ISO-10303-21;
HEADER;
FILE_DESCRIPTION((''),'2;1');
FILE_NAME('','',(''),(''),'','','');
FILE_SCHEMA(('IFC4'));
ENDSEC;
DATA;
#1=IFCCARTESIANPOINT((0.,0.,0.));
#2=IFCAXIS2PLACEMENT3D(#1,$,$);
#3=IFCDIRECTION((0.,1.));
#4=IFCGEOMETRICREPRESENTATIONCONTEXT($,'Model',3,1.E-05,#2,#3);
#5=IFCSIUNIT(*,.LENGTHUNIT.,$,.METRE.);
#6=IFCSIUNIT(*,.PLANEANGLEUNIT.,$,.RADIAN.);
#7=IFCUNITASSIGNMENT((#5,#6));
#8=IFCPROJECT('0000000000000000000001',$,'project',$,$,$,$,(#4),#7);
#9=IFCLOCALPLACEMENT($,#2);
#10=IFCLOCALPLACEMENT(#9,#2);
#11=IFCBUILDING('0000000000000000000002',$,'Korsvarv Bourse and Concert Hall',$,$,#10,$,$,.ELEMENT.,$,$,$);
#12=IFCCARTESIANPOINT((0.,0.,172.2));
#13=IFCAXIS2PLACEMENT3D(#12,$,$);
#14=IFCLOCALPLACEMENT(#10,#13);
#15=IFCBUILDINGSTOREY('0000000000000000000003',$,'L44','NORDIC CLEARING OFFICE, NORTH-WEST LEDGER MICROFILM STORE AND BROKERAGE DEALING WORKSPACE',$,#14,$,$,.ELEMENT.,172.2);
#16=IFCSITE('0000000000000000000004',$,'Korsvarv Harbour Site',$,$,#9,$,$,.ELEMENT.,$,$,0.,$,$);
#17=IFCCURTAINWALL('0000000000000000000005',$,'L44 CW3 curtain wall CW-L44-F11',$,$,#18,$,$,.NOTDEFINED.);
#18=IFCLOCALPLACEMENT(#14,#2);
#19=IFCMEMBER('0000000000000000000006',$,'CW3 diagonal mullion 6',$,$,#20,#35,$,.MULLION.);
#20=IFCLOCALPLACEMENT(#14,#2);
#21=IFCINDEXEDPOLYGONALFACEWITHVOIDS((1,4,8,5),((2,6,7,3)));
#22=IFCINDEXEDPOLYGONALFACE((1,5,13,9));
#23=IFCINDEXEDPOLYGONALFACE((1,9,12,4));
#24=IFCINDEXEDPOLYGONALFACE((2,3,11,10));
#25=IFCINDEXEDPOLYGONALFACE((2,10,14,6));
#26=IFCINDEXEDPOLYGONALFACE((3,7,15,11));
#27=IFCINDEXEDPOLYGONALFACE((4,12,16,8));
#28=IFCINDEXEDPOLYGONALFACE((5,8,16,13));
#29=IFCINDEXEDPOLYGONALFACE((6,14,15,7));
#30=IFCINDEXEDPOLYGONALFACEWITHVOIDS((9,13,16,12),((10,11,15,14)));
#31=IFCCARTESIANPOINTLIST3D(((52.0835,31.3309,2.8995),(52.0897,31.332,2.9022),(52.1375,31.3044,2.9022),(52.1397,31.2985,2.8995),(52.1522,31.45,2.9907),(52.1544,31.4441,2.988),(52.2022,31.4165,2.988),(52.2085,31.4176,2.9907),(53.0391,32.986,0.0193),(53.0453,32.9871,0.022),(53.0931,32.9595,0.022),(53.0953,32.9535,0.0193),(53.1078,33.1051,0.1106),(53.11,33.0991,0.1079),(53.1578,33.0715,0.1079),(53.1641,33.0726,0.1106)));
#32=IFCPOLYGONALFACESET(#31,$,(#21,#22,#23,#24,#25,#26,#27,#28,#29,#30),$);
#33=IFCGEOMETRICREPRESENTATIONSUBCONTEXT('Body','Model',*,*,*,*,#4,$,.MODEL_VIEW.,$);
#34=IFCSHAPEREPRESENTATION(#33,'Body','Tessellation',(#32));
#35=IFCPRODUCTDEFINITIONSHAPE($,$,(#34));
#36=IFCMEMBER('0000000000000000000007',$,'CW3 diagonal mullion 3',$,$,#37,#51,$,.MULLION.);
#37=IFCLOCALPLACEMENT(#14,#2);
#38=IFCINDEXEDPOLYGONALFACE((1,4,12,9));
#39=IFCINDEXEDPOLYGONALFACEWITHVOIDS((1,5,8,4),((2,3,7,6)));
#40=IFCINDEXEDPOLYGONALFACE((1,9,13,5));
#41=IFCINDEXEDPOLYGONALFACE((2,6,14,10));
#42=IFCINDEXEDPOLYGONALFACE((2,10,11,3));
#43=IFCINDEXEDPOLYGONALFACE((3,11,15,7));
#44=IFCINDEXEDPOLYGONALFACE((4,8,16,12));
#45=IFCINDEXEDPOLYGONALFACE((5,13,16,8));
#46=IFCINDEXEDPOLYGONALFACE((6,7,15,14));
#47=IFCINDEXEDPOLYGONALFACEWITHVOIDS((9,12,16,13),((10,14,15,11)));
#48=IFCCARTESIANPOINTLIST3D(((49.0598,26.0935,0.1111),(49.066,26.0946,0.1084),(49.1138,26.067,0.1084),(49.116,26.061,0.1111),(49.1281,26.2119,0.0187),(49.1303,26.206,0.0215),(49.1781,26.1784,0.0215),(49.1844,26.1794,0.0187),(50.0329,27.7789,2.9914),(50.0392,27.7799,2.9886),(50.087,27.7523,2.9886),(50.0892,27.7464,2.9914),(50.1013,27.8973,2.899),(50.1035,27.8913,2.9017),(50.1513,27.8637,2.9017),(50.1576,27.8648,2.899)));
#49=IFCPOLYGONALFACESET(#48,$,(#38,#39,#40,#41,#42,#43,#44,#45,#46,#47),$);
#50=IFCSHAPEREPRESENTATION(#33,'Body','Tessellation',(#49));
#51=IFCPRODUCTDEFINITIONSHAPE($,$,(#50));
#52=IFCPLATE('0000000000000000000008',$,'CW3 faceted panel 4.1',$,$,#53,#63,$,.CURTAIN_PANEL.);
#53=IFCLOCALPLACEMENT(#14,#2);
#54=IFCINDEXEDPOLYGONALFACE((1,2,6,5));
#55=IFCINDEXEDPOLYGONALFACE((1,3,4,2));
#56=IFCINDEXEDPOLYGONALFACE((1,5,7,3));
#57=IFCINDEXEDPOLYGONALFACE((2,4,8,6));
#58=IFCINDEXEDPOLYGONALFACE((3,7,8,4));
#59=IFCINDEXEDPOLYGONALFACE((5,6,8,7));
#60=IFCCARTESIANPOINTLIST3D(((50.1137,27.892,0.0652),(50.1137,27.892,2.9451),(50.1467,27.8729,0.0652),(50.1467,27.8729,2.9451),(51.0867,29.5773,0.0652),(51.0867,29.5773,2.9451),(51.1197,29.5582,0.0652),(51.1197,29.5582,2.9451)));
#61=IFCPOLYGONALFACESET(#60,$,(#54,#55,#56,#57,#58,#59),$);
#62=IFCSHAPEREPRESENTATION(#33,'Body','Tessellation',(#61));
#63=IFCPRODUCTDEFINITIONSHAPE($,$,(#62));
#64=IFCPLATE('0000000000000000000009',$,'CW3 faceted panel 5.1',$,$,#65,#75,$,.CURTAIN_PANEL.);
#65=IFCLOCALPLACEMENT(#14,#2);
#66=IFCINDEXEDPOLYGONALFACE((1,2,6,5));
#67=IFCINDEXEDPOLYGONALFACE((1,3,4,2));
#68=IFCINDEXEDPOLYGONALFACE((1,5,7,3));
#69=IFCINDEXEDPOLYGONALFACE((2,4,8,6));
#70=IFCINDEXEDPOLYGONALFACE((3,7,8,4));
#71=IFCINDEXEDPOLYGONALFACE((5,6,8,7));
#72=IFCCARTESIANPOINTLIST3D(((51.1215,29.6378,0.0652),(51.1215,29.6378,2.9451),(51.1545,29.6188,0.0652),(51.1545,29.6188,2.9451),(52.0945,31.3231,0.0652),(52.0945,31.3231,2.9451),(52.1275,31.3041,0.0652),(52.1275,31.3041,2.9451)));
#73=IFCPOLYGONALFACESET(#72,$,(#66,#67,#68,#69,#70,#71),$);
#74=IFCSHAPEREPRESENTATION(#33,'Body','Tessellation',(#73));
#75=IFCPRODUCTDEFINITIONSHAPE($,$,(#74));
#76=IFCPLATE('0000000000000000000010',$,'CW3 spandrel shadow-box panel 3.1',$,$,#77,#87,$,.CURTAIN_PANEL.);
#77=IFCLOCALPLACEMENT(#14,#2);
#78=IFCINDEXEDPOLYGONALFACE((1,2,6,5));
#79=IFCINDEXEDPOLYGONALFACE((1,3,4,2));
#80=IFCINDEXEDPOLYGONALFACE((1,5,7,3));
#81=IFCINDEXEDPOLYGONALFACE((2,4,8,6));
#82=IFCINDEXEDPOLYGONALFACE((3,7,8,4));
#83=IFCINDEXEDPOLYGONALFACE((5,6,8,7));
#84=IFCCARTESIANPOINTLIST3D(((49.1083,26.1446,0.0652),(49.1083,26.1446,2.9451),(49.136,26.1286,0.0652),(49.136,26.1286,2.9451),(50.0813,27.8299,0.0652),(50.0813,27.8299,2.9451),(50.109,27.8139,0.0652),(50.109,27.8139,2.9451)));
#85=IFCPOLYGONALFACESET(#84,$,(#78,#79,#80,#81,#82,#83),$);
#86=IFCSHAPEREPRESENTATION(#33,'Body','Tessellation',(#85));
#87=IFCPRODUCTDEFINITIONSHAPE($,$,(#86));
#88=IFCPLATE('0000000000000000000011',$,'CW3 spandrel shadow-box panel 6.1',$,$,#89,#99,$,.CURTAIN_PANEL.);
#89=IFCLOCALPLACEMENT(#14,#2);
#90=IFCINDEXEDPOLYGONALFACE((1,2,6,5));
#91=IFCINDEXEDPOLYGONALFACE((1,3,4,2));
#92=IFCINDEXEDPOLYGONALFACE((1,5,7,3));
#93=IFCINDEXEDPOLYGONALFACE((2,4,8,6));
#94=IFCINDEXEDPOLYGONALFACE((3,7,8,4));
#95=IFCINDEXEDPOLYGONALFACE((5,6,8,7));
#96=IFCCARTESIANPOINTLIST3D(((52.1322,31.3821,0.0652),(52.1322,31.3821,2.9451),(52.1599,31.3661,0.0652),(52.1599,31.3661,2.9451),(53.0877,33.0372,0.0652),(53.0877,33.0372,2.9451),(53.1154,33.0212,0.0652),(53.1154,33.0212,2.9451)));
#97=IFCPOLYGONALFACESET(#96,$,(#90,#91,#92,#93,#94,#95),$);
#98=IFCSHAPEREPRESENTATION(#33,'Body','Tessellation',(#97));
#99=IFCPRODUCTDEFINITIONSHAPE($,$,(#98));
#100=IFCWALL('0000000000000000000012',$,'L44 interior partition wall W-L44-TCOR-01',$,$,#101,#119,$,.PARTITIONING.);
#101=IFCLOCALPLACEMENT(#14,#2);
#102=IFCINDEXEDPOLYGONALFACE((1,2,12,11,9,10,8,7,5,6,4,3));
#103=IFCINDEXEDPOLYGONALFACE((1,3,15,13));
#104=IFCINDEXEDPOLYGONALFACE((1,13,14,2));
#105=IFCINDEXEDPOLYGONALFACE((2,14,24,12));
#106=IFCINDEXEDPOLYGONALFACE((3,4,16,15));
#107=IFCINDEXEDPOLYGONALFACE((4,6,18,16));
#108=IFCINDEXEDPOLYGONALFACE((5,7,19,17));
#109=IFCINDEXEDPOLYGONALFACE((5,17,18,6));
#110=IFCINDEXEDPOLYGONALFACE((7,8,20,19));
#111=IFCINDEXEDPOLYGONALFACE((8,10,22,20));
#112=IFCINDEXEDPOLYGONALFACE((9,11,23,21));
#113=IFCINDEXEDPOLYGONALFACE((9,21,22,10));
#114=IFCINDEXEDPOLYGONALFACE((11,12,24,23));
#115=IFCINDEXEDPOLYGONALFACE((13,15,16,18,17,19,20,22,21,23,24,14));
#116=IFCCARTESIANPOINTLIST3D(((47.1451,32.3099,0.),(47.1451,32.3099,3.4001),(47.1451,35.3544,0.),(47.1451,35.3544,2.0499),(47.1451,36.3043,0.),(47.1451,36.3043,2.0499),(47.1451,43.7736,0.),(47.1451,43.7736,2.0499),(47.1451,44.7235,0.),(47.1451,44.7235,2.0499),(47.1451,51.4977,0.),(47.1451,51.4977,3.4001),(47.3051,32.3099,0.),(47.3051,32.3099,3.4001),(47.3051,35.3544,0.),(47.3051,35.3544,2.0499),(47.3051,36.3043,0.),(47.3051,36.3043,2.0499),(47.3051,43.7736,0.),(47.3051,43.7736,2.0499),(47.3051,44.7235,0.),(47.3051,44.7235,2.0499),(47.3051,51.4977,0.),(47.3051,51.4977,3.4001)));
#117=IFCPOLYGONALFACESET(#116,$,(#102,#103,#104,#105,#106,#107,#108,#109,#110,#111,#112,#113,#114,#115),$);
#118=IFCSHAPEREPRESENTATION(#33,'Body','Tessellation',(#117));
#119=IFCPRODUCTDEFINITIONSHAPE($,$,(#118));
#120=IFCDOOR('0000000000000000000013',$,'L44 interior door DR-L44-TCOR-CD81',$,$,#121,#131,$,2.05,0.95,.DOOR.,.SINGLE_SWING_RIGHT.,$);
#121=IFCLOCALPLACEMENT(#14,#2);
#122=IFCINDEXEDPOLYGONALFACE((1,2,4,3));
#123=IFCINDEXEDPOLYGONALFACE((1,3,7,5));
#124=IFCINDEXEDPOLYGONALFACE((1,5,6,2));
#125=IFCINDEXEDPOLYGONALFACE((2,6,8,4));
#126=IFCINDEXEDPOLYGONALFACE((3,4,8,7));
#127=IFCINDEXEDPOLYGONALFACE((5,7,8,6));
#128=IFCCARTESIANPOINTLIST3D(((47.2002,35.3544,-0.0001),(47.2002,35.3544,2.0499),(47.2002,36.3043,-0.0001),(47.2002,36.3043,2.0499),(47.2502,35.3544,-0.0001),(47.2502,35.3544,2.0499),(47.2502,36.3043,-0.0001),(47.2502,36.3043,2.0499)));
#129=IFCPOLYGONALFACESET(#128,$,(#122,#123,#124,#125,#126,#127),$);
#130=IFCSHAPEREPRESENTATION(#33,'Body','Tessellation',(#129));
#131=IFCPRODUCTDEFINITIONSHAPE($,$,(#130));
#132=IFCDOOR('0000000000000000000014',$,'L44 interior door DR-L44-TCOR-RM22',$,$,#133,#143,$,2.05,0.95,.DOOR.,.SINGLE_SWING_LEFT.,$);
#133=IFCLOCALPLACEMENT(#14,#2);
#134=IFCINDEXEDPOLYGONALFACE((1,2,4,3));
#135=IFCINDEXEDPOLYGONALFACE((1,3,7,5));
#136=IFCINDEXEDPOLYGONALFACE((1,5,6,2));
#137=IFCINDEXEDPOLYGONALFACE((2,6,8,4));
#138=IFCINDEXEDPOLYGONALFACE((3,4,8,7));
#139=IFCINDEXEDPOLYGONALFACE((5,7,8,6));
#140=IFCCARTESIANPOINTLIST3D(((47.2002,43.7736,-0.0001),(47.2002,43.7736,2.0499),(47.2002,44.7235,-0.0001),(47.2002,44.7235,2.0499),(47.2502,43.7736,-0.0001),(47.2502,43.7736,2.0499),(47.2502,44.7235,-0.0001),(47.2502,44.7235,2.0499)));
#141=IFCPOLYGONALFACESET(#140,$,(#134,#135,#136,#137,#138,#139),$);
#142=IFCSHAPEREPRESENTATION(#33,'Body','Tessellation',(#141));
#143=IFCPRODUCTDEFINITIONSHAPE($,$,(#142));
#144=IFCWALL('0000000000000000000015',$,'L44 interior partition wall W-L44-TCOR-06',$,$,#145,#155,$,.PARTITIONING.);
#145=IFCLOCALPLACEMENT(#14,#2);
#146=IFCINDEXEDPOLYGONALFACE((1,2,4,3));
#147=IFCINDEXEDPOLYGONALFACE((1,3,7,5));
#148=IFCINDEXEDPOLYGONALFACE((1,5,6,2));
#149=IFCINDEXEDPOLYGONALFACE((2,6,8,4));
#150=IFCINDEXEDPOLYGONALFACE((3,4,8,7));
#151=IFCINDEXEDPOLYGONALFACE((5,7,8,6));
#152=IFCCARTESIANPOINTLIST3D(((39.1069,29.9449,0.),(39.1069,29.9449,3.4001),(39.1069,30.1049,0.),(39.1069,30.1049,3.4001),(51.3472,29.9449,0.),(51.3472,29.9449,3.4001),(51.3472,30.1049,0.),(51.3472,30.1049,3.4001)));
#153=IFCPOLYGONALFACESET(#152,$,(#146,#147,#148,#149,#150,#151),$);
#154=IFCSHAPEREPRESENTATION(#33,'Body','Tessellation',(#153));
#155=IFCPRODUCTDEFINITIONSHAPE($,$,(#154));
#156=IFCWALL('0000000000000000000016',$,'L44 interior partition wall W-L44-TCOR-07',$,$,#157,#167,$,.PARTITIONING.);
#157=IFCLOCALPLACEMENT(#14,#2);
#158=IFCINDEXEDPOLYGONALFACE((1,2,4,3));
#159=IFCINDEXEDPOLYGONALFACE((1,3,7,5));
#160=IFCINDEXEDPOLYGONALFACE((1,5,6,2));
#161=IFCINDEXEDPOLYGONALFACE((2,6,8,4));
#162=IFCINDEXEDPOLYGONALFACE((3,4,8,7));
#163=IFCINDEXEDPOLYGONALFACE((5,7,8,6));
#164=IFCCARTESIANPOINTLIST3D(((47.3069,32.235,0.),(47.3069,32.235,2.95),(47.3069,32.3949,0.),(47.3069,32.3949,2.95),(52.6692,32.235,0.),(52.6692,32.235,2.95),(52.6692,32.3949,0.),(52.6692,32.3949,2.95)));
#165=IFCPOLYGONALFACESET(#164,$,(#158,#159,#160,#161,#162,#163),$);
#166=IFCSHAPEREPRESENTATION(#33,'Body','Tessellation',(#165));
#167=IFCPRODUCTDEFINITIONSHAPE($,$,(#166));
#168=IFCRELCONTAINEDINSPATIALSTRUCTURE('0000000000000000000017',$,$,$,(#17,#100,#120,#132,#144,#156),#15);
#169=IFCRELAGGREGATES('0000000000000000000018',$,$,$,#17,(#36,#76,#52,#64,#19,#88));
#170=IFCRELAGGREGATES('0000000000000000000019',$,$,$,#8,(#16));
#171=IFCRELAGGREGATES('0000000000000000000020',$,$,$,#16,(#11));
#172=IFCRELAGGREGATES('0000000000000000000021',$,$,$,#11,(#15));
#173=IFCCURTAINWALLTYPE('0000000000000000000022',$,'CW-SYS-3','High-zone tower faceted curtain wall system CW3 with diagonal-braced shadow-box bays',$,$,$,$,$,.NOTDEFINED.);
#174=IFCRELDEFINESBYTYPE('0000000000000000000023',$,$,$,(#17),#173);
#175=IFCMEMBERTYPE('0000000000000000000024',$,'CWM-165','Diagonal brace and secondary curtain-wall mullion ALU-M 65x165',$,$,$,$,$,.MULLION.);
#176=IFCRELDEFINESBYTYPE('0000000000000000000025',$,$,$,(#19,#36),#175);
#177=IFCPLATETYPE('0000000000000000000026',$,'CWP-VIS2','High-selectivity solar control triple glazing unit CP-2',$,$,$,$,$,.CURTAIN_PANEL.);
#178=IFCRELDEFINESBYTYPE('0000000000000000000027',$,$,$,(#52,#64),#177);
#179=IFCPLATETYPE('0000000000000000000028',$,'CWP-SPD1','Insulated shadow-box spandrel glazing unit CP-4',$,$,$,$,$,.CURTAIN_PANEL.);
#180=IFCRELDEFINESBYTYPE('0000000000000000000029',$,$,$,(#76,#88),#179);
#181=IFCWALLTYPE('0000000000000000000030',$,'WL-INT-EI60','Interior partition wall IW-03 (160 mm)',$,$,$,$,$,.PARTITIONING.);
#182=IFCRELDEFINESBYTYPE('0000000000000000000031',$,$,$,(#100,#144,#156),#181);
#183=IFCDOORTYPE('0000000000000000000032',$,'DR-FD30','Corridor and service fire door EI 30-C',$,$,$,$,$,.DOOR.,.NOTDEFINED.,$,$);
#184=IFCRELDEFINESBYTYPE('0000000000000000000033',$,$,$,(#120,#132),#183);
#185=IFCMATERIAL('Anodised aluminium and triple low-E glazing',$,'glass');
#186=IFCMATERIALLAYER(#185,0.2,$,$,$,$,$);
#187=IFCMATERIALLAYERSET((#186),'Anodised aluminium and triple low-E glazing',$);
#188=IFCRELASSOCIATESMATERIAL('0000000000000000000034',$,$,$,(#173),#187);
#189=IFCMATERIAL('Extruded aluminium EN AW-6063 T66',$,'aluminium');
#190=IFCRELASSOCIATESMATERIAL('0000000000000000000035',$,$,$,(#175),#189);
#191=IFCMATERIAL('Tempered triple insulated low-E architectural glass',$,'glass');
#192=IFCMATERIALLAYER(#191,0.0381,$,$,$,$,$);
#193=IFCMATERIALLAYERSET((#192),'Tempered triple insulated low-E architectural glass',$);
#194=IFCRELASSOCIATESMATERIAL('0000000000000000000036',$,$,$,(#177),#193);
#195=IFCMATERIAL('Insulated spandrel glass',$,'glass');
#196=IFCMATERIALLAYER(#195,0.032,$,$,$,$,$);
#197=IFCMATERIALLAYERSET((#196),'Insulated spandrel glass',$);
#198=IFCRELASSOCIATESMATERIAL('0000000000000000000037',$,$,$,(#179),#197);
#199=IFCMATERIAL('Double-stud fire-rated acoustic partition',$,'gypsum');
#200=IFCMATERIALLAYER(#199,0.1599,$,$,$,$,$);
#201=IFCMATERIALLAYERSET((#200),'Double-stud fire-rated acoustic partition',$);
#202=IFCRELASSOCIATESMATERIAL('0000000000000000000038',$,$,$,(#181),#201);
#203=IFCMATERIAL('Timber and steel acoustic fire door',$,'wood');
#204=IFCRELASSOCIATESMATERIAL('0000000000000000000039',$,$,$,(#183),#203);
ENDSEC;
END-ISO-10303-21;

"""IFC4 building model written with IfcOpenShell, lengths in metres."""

from ifc_helpers import new_model, si_unit, direction, frame, frame_2d, origin, origin_2d, place, context, subcontext, project, spatial, rectangle, hollow_rectangle, extrude, source, transform, mapped, material, layer, layer_set, material_profile, profile_set, type_object, element, fill, aggregate, save


model = new_model("IFC4")

# Units and contexts
model_context = context("Model", 3, precision=1e-05, world=origin(), true_north=direction((0.0, 1.0)))
body_context = subcontext(model_context, "Body", "Model", "MODEL_VIEW")
ifc_project = project(units=[si_unit("LENGTHUNIT", "METRE"), si_unit("PLANEANGLEUNIT", "RADIAN")], contexts=[model_context])

# Site, building, storey
site_placement = place(None, origin())
site = spatial("IfcSite", under=ifc_project, at=site_placement, Name="Korsvarv Harbour Site", CompositionType="ELEMENT", RefElevation=0.0)
building_placement = place(site_placement, origin())
building = spatial("IfcBuilding", under=site, at=building_placement, Name="Korsvarv Bourse and Concert Hall", CompositionType="ELEMENT")
storey_placement = place(building_placement, frame((0.0, 0.0, 172.2)))
storey = spatial("IfcBuildingStorey", under=building, at=storey_placement, Name="L44", Description="NORDIC CLEARING OFFICE, NORTH-WEST LEDGER MICROFILM STORE AND BROKERAGE DEALING WORKSPACE", CompositionType="ELEMENT", Elevation=172.2)

# Curtain wall, members, plates
ifc_material_1 = material(Name="Anodised aluminium and triple low-E glazing", Category="glass")
ifc_layer_1 = layer(ifc_material_1, 0.2)
ifc_layer_set_1 = layer_set([ifc_layer_1], Name="Anodised aluminium and triple low-E glazing")
curtain_wall_type = type_object("IfcCurtainWallType", Name="CW-SYS-3", Description="High-zone tower faceted curtain wall system CW3 with diagonal-braced shadow-box bays", PredefinedType="NOTDEFINED", material=ifc_layer_set_1)
curtain_wall_placement = place(storey_placement, origin())
curtain_wall = element("IfcCurtainWall", 1, at=curtain_wall_placement, inside=storey, type_object=curtain_wall_type, Name="L44 CW3 curtain wall CW-L44-F11", PredefinedType="NOTDEFINED")
ifc_material_2 = material(Name="Extruded aluminium EN AW-6063 T66", Category="aluminium")
ifc_material_profile_1 = material_profile(ifc_material_2, hollow_rectangle(XDim=0.0649, YDim=0.165, WallThickness=0.0049, at=origin_2d()), Name="ALU-M 65x165")
ifc_profile_set_1 = profile_set([ifc_material_profile_1], Name="Extruded aluminium EN AW-6063 T66")
member_type_1 = type_object("IfcMemberType", Name="CWM-165", Description="Diagonal brace and secondary curtain-wall mullion ALU-M 65x165", PredefinedType="MULLION", material=ifc_profile_set_1)
shared_shape_1 = source(origin(), body_context, "Body", "SweptSolid", [
    extrude(hollow_rectangle(XDim=0.0649, YDim=0.165, WallThickness=0.0049, at=origin_2d()), origin(), (0.0, 0.0, 1.0), 3.4565),
])
member_1_placement = place(storey_placement, frame((53.1016, 33.0293, 0.0649), z_axis=(-0.276455, -0.478817, 0.833251), x_axis=(0.866018, -0.500014, 0.0)))
member_1 = element("IfcMember", 2, at=member_1_placement, type_object=member_type_1, Name="CW3 diagonal mullion 6", PredefinedType="MULLION", context=body_context, shape_type="MappedRepresentation", body=[
    mapped(shared_shape_1, transform((0.0, 0.0, 0.0), scale=1.0)),
])
shared_shape_2 = source(origin(), body_context, "Body", "SweptSolid", [
    extrude(hollow_rectangle(XDim=0.0649, YDim=0.165, WallThickness=0.0049, at=origin_2d()), origin(), (0.0, 0.0, 1.0), 3.4761),
])
member_2_placement = place(storey_placement, frame((49.1221, 26.1365, 0.0649), z_axis=(0.279963, 0.484843, 0.828582), x_axis=(-0.865995, 0.500052, 0.0)))
member_2 = element("IfcMember", 3, at=member_2_placement, type_object=member_type_1, Name="CW3 diagonal mullion 3", PredefinedType="MULLION", context=body_context, shape_type="MappedRepresentation", body=[
    mapped(shared_shape_2, transform((0.0, 0.0, 0.0), scale=1.0)),
])
ifc_material_3 = material(Name="Tempered triple insulated low-E architectural glass", Category="glass")
ifc_layer_2 = layer(ifc_material_3, 0.0381)
ifc_layer_set_2 = layer_set([ifc_layer_2], Name="Tempered triple insulated low-E architectural glass")
plate_type_1 = type_object("IfcPlateType", Name="CWP-VIS2", Description="High-selectivity solar control triple glazing unit CP-2", PredefinedType="CURTAIN_PANEL", material=ifc_layer_set_2)
shared_shape_3 = source(origin(), body_context, "Body", "SweptSolid", [
    extrude(rectangle(XDim=1.946, YDim=0.0381, at=origin_2d()), origin(), (0.0, 0.0, 1.0), 2.8799),
])
plate_1_placement = place(storey_placement, frame((50.6167, 28.7251, 0.0652), z_axis=(0.0, 0.0, 1.0), x_axis=(0.499994, 0.866029, 0.0)))
plate_1 = element("IfcPlate", 4, at=plate_1_placement, type_object=plate_type_1, Name="CW3 faceted panel 4.1", PredefinedType="CURTAIN_PANEL", context=body_context, shape_type="MappedRepresentation", body=[
    mapped(shared_shape_3, transform((0.0, 0.0, 0.0), scale=1.0)),
])
plate_2_placement = place(storey_placement, frame((51.6245, 30.4709, 0.0652), z_axis=(0.0, 0.0, 1.0), x_axis=(0.499994, 0.866029, 0.0)))
plate_2 = element("IfcPlate", 5, at=plate_2_placement, type_object=plate_type_1, Name="CW3 faceted panel 5.1", PredefinedType="CURTAIN_PANEL", context=body_context, shape_type="MappedRepresentation", body=[
    mapped(shared_shape_3, transform((0.0, 0.0, 0.0), scale=1.0)),
])
ifc_material_4 = material(Name="Insulated spandrel glass", Category="glass")
ifc_layer_3 = layer(ifc_material_4, 0.032)
ifc_layer_set_3 = layer_set([ifc_layer_3], Name="Insulated spandrel glass")
plate_type_2 = type_object("IfcPlateType", Name="CWP-SPD1", Description="Insulated shadow-box spandrel glazing unit CP-4", PredefinedType="CURTAIN_PANEL", material=ifc_layer_set_3)
shared_shape_4 = source(origin(), body_context, "Body", "SweptSolid", [
    extrude(rectangle(XDim=1.946, YDim=0.032, at=origin_2d()), origin(), (0.0, 0.0, 1.0), 2.8799),
])
plate_3_placement = place(storey_placement, frame((49.6086, 26.9792, 0.0652), z_axis=(0.0, 0.0, 1.0), x_axis=(0.499994, 0.866029, 0.0)))
plate_3 = element("IfcPlate", 6, at=plate_3_placement, type_object=plate_type_2, Name="CW3 spandrel shadow-box panel 3.1", PredefinedType="CURTAIN_PANEL", context=body_context, shape_type="MappedRepresentation", body=[
    mapped(shared_shape_4, transform((0.0, 0.0, 0.0), scale=1.0)),
])
shared_shape_5 = source(origin(), body_context, "Body", "SweptSolid", [
    extrude(rectangle(XDim=1.9111, YDim=0.032, at=origin_2d()), origin(), (0.0, 0.0, 1.0), 2.8799),
])
plate_4_placement = place(storey_placement, frame((52.6238, 32.2017, 0.0652), z_axis=(0.0, 0.0, 1.0), x_axis=(0.499994, 0.866029, 0.0)))
plate_4 = element("IfcPlate", 7, at=plate_4_placement, type_object=plate_type_2, Name="CW3 spandrel shadow-box panel 6.1", PredefinedType="CURTAIN_PANEL", context=body_context, shape_type="MappedRepresentation", body=[
    mapped(shared_shape_5, transform((0.0, 0.0, 0.0), scale=1.0)),
])
aggregate(curtain_wall, [member_2, plate_3, plate_1, plate_2, member_1, plate_4])

# Wall, openings, doors
ifc_material_5 = material(Name="Double-stud fire-rated acoustic partition", Category="gypsum")
ifc_layer_4 = layer(ifc_material_5, 0.1599)
ifc_layer_set_4 = layer_set([ifc_layer_4], Name="Double-stud fire-rated acoustic partition")
wall_type_1 = type_object("IfcWallType", Name="WL-INT-EI60", Description="Interior partition wall IW-03 (160 mm)", PredefinedType="PARTITIONING", material=ifc_layer_set_4)
wall_1_placement = place(storey_placement, frame((47.2251, 32.3101, 0.0), z_axis=(0.0, 0.0, 1.0), x_axis=(0.0, 1.0, 0.0)))
wall_1 = element("IfcWall", 8, at=wall_1_placement, inside=storey, type_object=wall_type_1, Name="L44 interior partition wall W-L44-TCOR-01", PredefinedType="PARTITIONING", context=body_context, shape_type="SweptSolid", body=[
    extrude(rectangle(XDim=19.1877, YDim=0.1599, at=frame_2d((9.5938, 0.0))), origin(), (0.0, 0.0, 1.0), 3.4001),
])
opening_1_placement = place(wall_1_placement, frame((3.0442, 0.0, 0.0)))
opening_1 = element("IfcOpeningElement", 9, at=opening_1_placement, cuts=wall_1, PredefinedType="OPENING", context=body_context, shape_type="SweptSolid", body=[
    extrude(rectangle(XDim=0.95, YDim=2.05, at=frame_2d((0.4751, 1.0249))), frame((0.0, 0.0898, 0.0), z_axis=(0.0, -1.0, 0.0), x_axis=(1.0, 0.0, 0.0)), (0.0, 0.0, 1.0), 0.1799),
])
opening_2_placement = place(wall_1_placement, frame((11.4634, 0.0, 0.0)))
opening_2 = element("IfcOpeningElement", 10, at=opening_2_placement, cuts=wall_1, PredefinedType="OPENING", context=body_context, shape_type="SweptSolid", body=[
    extrude(rectangle(XDim=0.95, YDim=2.05, at=frame_2d((0.4751, 1.0249))), frame((0.0, 0.0898, 0.0), z_axis=(0.0, -1.0, 0.0), x_axis=(1.0, 0.0, 0.0)), (0.0, 0.0, 1.0), 0.1799),
])
ifc_material_6 = material(Name="Timber and steel acoustic fire door", Category="wood")
door_type = type_object("IfcDoorType", Name="DR-FD30", Description="Corridor and service fire door EI 30-C", OperationType="NOTDEFINED", PredefinedType="DOOR", material=ifc_material_6)
door_1_placement = place(opening_1_placement, origin())
door_1 = element("IfcDoor", 11, at=door_1_placement, inside=storey, type_object=door_type, Name="L44 interior door DR-L44-TCOR-CD81", OperationType="SINGLE_SWING_RIGHT", OverallHeight=2.05, OverallWidth=0.95, PredefinedType="DOOR", context=body_context, shape_type="SweptSolid", body=[
    extrude(rectangle(XDim=0.95, YDim=2.05, at=frame_2d((0.4751, 1.0249))), frame((0.0, 0.0249, 0.0), z_axis=(0.0, -1.0, 0.0), x_axis=(1.0, 0.0, 0.0)), (0.0, 0.0, 1.0), 0.05),
])
fill(opening_1, door_1)
door_2_placement = place(opening_2_placement, origin())
door_2 = element("IfcDoor", 12, at=door_2_placement, inside=storey, type_object=door_type, Name="L44 interior door DR-L44-TCOR-RM22", OperationType="SINGLE_SWING_LEFT", OverallHeight=2.05, OverallWidth=0.95, PredefinedType="DOOR", context=body_context, shape_type="SweptSolid", body=[
    extrude(rectangle(XDim=0.95, YDim=2.05, at=frame_2d((0.4751, 1.0249))), frame((0.0, 0.0249, 0.0), z_axis=(0.0, -1.0, 0.0), x_axis=(1.0, 0.0, 0.0)), (0.0, 0.0, 1.0), 0.05),
])
fill(opening_2, door_2)

# Walls
wall_2_placement = place(storey_placement, frame((39.1069, 30.0249, 0.0), z_axis=(0.0, 0.0, 1.0), x_axis=(1.0, 0.0, 0.0)))
element("IfcWall", 13, at=wall_2_placement, inside=storey, type_object=wall_type_1, Name="L44 interior partition wall W-L44-TCOR-06", PredefinedType="PARTITIONING", context=body_context, shape_type="SweptSolid", body=[
    extrude(rectangle(XDim=12.2402, YDim=0.1599, at=frame_2d((6.1201, 0.0))), origin(), (0.0, 0.0, 1.0), 3.4001),
])
wall_3_placement = place(storey_placement, frame((47.3069, 32.3149, 0.0), z_axis=(0.0, 0.0, 1.0), x_axis=(1.0, 0.0, 0.0)))
element("IfcWall", 14, at=wall_3_placement, inside=storey, type_object=wall_type_1, Name="L44 interior partition wall W-L44-TCOR-07", PredefinedType="PARTITIONING", context=body_context, shape_type="SweptSolid", body=[
    extrude(rectangle(XDim=5.3623, YDim=0.1599, at=frame_2d((2.6812, 0.0))), origin(), (0.0, 0.0, 1.0), 2.95),
])

save(model, "model.ifc")
